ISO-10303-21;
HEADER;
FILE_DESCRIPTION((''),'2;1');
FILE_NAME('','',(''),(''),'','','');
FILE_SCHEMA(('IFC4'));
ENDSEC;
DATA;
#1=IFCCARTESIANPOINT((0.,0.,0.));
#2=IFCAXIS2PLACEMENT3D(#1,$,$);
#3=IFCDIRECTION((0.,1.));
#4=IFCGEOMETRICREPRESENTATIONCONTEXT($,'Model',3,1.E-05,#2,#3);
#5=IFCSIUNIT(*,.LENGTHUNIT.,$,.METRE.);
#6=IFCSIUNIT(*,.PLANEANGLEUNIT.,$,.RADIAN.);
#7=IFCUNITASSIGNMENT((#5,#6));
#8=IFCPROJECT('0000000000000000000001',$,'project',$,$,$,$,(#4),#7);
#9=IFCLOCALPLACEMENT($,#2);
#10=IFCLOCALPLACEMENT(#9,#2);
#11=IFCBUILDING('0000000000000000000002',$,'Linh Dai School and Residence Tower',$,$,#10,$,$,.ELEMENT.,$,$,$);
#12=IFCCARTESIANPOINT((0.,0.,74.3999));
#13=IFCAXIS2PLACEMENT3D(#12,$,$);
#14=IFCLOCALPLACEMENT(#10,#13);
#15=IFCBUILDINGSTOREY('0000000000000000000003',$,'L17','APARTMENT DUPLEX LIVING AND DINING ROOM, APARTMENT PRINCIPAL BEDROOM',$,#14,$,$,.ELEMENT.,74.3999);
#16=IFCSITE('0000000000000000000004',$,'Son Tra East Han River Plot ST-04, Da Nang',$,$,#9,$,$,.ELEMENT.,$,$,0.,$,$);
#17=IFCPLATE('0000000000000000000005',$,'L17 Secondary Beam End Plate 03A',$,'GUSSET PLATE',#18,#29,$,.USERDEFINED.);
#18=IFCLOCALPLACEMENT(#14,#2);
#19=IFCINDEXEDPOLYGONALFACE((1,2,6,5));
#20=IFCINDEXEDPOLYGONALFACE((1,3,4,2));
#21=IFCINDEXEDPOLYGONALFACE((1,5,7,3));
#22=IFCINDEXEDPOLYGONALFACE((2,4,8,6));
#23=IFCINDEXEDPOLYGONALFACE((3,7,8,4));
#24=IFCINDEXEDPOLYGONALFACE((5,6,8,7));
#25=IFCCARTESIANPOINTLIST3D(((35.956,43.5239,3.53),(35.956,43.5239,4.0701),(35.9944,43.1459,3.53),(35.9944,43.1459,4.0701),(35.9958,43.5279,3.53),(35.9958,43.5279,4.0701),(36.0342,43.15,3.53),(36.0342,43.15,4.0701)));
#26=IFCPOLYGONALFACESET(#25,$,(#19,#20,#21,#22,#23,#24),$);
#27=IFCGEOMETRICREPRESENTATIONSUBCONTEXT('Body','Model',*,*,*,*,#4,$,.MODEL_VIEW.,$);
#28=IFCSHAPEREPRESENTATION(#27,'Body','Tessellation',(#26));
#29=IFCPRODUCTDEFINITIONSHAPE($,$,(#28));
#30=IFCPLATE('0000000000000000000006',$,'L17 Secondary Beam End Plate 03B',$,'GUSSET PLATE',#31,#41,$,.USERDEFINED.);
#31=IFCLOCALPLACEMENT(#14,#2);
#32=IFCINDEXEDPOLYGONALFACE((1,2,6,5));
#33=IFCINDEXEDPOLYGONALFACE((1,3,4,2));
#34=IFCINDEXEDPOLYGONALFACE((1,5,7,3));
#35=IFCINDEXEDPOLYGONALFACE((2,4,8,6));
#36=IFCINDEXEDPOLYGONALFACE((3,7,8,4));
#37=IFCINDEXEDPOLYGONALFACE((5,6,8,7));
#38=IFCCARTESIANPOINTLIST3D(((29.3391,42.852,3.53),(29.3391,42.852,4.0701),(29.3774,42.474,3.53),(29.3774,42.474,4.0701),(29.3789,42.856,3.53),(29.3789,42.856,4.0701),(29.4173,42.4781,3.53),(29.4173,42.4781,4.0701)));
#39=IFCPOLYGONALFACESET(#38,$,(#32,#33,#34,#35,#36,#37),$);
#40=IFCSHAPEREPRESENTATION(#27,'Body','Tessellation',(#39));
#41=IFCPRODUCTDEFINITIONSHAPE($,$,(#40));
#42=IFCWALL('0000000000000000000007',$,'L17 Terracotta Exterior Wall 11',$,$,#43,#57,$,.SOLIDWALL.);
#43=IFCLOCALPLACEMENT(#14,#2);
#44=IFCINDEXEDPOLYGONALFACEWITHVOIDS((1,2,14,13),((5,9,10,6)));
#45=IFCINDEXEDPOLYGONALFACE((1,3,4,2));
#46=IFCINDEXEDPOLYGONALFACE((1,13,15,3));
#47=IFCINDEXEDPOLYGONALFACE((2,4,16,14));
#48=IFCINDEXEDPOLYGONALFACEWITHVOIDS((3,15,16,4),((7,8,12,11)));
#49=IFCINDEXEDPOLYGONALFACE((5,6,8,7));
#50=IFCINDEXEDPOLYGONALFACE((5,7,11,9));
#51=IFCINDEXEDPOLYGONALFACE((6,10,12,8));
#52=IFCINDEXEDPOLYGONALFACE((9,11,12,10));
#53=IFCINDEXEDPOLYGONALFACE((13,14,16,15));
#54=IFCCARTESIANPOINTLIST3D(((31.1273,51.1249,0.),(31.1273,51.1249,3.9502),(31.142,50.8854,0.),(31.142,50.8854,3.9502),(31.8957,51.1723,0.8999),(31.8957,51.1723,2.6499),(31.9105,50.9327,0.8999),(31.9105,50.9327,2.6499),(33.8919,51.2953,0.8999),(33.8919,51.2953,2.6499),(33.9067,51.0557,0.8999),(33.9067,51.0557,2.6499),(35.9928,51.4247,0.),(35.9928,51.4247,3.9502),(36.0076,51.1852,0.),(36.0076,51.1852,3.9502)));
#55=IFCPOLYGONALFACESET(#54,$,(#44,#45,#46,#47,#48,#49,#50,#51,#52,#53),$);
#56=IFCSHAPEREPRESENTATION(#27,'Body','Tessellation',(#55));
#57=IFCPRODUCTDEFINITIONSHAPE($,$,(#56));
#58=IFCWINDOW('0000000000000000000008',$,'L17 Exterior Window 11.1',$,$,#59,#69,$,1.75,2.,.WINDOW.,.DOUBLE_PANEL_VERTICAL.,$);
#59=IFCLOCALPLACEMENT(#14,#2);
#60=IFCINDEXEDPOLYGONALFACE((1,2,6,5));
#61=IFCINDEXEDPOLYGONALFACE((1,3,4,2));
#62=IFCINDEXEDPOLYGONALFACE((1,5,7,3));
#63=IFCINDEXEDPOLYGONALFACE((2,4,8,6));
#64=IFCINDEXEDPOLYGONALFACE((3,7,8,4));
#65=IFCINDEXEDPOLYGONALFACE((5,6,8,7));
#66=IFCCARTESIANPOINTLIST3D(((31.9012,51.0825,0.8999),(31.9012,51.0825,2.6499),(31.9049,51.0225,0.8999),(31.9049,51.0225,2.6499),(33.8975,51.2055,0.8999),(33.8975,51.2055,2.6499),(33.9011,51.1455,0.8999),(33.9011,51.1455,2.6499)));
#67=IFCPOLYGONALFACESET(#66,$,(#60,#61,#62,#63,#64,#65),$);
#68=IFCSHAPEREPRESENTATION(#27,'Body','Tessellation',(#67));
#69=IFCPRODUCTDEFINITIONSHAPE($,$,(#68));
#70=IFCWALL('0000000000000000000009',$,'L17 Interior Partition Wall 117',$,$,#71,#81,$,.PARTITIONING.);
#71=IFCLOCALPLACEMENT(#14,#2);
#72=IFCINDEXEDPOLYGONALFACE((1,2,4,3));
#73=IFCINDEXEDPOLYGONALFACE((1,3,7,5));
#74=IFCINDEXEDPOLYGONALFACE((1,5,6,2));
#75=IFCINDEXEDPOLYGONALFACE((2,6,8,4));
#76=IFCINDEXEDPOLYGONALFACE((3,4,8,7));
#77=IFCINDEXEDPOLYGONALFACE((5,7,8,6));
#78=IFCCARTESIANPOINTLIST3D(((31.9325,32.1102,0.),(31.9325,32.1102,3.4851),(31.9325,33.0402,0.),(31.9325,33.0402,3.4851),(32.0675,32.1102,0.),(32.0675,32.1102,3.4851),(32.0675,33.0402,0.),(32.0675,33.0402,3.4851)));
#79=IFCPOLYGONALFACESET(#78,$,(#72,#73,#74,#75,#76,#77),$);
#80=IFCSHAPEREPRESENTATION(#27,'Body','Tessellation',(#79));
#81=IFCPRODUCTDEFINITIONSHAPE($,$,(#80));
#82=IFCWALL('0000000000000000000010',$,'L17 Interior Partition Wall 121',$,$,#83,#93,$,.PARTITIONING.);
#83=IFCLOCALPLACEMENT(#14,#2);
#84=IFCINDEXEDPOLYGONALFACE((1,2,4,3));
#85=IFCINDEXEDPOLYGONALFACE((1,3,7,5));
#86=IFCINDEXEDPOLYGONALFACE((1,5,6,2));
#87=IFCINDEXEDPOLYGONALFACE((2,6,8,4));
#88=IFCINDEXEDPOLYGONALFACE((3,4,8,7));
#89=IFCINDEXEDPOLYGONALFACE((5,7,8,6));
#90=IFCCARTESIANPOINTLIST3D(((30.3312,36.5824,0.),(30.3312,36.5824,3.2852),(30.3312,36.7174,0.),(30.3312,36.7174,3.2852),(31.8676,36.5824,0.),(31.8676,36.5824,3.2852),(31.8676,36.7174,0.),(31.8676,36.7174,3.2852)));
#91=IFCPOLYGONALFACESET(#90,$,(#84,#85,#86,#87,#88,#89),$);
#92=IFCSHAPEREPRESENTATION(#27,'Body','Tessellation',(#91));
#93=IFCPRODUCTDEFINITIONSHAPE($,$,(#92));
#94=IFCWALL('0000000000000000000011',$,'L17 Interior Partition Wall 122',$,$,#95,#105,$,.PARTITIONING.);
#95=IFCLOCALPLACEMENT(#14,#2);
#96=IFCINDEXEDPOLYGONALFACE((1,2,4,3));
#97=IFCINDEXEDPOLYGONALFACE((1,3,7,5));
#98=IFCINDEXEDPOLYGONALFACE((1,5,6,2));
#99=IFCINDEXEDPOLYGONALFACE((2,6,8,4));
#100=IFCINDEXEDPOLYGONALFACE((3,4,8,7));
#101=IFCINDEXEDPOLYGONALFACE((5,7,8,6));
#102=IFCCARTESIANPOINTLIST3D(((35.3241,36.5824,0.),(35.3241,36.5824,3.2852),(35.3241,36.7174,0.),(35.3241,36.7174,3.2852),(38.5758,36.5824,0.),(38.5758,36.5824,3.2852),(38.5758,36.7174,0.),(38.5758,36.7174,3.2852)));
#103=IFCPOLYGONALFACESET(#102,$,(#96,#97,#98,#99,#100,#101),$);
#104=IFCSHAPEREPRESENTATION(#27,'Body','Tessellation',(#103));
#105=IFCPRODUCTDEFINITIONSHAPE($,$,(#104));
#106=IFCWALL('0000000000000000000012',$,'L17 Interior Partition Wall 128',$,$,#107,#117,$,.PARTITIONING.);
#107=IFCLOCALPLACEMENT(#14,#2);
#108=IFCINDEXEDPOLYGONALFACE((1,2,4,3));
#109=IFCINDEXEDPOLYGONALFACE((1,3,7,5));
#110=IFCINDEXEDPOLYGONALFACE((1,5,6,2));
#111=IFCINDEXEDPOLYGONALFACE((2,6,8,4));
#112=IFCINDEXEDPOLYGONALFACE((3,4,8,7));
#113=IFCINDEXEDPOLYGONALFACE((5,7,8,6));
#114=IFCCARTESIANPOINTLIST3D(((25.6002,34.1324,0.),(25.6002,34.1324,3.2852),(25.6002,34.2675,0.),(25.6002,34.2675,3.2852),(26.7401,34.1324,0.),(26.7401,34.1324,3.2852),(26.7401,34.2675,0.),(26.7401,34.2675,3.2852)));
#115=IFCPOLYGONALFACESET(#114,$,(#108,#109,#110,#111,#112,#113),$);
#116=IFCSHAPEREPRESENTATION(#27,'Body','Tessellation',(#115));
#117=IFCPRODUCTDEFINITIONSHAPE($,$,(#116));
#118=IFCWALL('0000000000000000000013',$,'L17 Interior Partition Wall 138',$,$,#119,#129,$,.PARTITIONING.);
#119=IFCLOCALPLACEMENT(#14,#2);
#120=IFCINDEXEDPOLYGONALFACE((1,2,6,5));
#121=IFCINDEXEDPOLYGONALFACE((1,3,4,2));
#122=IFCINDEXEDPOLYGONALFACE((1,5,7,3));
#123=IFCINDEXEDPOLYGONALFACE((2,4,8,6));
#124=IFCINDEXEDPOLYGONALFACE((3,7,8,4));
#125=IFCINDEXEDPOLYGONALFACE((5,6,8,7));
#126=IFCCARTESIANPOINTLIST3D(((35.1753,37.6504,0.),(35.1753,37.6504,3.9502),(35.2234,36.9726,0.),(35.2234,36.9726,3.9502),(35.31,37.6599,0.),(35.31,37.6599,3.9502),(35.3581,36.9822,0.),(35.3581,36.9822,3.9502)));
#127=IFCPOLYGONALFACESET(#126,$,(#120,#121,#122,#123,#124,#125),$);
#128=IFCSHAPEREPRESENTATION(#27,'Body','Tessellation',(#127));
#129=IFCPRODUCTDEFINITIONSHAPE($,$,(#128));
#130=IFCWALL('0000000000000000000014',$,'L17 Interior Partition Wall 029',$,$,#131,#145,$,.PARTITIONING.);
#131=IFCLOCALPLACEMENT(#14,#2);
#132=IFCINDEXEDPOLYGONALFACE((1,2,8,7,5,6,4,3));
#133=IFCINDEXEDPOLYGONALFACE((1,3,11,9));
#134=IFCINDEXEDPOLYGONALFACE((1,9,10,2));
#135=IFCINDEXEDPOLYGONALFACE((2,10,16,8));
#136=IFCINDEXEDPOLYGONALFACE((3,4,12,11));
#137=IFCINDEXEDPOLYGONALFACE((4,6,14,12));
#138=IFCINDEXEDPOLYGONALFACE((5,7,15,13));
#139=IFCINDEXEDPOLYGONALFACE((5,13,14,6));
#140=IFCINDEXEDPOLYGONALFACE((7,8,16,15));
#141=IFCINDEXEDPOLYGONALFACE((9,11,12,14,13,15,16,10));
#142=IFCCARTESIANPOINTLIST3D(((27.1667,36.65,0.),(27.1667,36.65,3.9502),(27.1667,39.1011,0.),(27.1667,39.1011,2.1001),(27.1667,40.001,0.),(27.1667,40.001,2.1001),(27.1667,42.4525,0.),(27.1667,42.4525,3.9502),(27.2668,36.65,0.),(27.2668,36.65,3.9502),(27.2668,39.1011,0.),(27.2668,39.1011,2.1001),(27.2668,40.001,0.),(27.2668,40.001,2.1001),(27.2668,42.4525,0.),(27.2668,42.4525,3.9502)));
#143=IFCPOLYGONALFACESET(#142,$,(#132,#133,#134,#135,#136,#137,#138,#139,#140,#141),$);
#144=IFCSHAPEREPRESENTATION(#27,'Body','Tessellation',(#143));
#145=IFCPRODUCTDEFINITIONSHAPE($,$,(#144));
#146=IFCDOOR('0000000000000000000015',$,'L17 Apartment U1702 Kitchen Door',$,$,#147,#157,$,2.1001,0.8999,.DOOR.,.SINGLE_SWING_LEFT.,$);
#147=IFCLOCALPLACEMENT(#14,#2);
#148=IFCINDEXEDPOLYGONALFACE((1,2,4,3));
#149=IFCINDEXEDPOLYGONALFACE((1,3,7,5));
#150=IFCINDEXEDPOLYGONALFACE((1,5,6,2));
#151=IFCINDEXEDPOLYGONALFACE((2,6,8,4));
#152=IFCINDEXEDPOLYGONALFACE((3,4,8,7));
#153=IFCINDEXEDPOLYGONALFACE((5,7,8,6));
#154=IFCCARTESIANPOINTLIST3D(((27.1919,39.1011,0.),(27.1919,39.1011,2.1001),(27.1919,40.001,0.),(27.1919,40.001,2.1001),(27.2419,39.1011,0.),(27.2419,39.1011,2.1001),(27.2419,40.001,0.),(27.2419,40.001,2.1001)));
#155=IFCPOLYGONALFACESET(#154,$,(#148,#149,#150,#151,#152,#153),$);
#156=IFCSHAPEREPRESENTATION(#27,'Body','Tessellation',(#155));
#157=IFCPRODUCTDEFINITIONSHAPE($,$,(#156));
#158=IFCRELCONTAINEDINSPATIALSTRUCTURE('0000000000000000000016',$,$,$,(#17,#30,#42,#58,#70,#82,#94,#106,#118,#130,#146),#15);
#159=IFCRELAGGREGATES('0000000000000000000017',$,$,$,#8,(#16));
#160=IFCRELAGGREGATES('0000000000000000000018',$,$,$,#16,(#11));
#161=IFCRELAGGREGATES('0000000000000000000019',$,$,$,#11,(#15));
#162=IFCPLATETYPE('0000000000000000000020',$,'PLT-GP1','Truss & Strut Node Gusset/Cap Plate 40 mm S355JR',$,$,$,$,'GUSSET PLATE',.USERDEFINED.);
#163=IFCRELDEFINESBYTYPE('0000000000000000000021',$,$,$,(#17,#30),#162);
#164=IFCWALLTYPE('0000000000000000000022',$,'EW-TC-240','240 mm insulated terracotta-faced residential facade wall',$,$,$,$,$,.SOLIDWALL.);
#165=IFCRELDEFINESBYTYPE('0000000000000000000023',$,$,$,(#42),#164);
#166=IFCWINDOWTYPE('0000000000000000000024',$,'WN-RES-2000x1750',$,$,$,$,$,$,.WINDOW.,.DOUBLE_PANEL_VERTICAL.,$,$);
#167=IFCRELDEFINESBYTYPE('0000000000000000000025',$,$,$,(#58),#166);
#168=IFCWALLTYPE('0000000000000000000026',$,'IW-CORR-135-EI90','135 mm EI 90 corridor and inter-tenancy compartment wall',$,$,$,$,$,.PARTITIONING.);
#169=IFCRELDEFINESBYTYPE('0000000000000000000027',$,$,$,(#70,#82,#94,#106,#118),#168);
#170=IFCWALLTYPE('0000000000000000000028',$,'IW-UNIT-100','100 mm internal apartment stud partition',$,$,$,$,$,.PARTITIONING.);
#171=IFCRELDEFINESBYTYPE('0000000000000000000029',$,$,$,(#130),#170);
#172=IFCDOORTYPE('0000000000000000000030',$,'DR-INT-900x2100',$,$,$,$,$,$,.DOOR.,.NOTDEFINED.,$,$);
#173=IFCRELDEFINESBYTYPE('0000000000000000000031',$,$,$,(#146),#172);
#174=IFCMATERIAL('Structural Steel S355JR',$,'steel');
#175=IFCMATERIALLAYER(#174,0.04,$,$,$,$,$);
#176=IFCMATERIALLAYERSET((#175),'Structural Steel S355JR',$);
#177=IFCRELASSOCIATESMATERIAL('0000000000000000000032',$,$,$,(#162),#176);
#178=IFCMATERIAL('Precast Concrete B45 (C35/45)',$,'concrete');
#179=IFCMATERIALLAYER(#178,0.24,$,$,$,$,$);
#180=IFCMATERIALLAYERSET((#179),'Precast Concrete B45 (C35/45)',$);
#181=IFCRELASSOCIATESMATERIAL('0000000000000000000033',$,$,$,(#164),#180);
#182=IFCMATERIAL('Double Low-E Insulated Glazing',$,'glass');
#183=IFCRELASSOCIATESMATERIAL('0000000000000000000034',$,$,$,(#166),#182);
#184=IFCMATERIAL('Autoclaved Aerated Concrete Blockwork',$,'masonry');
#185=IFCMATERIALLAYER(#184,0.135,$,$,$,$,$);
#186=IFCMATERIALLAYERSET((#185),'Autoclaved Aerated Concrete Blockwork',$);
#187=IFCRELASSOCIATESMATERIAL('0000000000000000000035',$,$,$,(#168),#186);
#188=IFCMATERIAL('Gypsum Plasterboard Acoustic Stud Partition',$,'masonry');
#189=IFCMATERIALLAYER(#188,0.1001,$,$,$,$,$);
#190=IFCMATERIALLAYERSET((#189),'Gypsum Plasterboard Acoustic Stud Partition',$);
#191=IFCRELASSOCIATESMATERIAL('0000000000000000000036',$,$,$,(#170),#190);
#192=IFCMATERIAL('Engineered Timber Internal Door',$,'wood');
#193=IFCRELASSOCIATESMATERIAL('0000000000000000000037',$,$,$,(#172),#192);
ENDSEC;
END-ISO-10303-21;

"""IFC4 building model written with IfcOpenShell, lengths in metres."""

from ifc_helpers import new_model, si_unit, direction, frame, frame_2d, origin, origin_2d, place, context, subcontext, project, spatial, rectangle, extrude, source, transform, mapped, material, layer, layer_set, type_object, element, fill, save


model = new_model("IFC4")

# Units and contexts
model_context = context("Model", 3, precision=1e-05, world=origin(), true_north=direction((0.0, 1.0)))
body_context = subcontext(model_context, "Body", "Model", "MODEL_VIEW")
ifc_project = project(units=[si_unit("LENGTHUNIT", "METRE"), si_unit("PLANEANGLEUNIT", "RADIAN")], contexts=[model_context])

# Site, building, storey
site_placement = place(None, origin())
site = spatial("IfcSite", under=ifc_project, at=site_placement, Name="Son Tra East Han River Plot ST-04, Da Nang", CompositionType="ELEMENT", RefElevation=0.0)
building_placement = place(site_placement, origin())
building = spatial("IfcBuilding", under=site, at=building_placement, Name="Linh Dai School and Residence Tower", CompositionType="ELEMENT")
storey_placement = place(building_placement, frame((0.0, 0.0, 74.3999)))
storey = spatial("IfcBuildingStorey", under=building, at=storey_placement, Name="L17", Description="APARTMENT DUPLEX LIVING AND DINING ROOM, APARTMENT PRINCIPAL BEDROOM", CompositionType="ELEMENT", Elevation=74.3999)

# Shared definitions
ifc_material_1 = material(Name="Structural Steel S355JR", Category="steel")

# Plates
ifc_layer_1 = layer(ifc_material_1, 0.04)
ifc_layer_set_1 = layer_set([ifc_layer_1], Name="Structural Steel S355JR")
plate_type = type_object("IfcPlateType", Name="PLT-GP1", Description="Truss & Strut Node Gusset/Cap Plate 40 mm S355JR", ElementType="GUSSET PLATE", PredefinedType="USERDEFINED", material=ifc_layer_set_1)
shared_shape_1 = source(origin(), body_context, "Body", "SweptSolid", [
    extrude(rectangle(XDim=0.04, YDim=0.3799, at=origin_2d()), origin(), (0.0, 0.0, 1.0), 0.54),
])
for number, where, z_axis, x_axis, name in (
    (1, (35.9951, 43.3369, 3.53), (0.0, 0.0, 1.0), (-0.994884, -0.101023, 0.0), "L17 Secondary Beam End Plate 03A"),
    (2, (29.3782, 42.665, 3.53), (0.0, 0.0, 1.0), (-0.994884, -0.101023, 0.0), "L17 Secondary Beam End Plate 03B"),
):
    element("IfcPlate", number, at=place(storey_placement, frame(where, z_axis=z_axis, x_axis=x_axis)), inside=storey, type_object=plate_type, Name=name, ObjectType="GUSSET PLATE", PredefinedType="USERDEFINED", context=body_context, shape_type="MappedRepresentation", body=[
        mapped(shared_shape_1, transform((0.0, 0.0, 0.0), x_axis=(1.0, 0.0, 0.0), y_axis=(0.0, 1.0, 0.0), z_axis=(0.0, 0.0, 1.0), scale=1.0)),
    ])

# Wall, opening, window
ifc_material_2 = material(Name="Precast Concrete B45 (C35/45)", Category="concrete")
ifc_layer_2 = layer(ifc_material_2, 0.24)
ifc_layer_set_2 = layer_set([ifc_layer_2], Name="Precast Concrete B45 (C35/45)")
wall_type_1 = type_object("IfcWallType", Name="EW-TC-240", Description="240 mm insulated terracotta-faced residential facade wall", PredefinedType="SOLIDWALL", material=ifc_layer_set_2)
wall_1_placement = place(storey_placement, frame((31.1345, 51.0051, 0.0), z_axis=(0.0, 0.0, 1.0), x_axis=(0.998107, 0.061502, 0.0)))
wall_1 = element("IfcWall", 3, at=wall_1_placement, inside=storey, type_object=wall_type_1, Name="L17 Terracotta Exterior Wall 11", PredefinedType="SOLIDWALL", context=body_context, shape_type="SweptSolid", body=[
    extrude(rectangle(XDim=4.8748, YDim=0.24, at=frame_2d((2.4375, 0.0))), origin(), (0.0, 0.0, 1.0), 3.9502),
])
opening_1_placement = place(wall_1_placement, frame((0.77, 0.0, 0.8999)))
opening_1 = element("IfcOpeningElement", 4, at=opening_1_placement, cuts=wall_1, PredefinedType="OPENING", context=body_context, shape_type="SweptSolid", body=[
    extrude(rectangle(XDim=2.0, YDim=1.75, at=origin_2d()), frame((1.0, 0.1299, 0.875), z_axis=(0.0, -1.0, 0.0), x_axis=(1.0, 0.0, 0.0)), (0.0, 0.0, 1.0), 0.26),
])
ifc_material_3 = material(Name="Double Low-E Insulated Glazing", Category="glass")
window_type = type_object("IfcWindowType", Name="WN-RES-2000x1750", PartitioningType="DOUBLE_PANEL_VERTICAL", PredefinedType="WINDOW", material=ifc_material_3)
shared_shape_2 = source(origin(), body_context, "Body", "SweptSolid", [
    extrude(rectangle(XDim=2.0, YDim=1.75, at=origin_2d()), frame((1.0, 0.03, 0.875), z_axis=(0.0, -1.0, 0.0), x_axis=(1.0, 0.0, 0.0)), (0.0, 0.0, 1.0), 0.0601),
])
window_placement = place(opening_1_placement, origin())
window = element("IfcWindow", 5, at=window_placement, inside=storey, type_object=window_type, Name="L17 Exterior Window 11.1", OverallHeight=1.75, OverallWidth=2.0, PartitioningType="DOUBLE_PANEL_VERTICAL", PredefinedType="WINDOW", context=body_context, shape_type="MappedRepresentation", body=[
    mapped(shared_shape_2, transform((0.0, 0.0, 0.0), x_axis=(1.0, 0.0, 0.0), y_axis=(0.0, 1.0, 0.0), z_axis=(0.0, 0.0, 1.0), scale=1.0)),
])
fill(opening_1, window)

# Shared definitions
ifc_material_4 = material(Name="Autoclaved Aerated Concrete Blockwork", Category="masonry")
ifc_layer_3 = layer(ifc_material_4, 0.135)
ifc_layer_set_3 = layer_set([ifc_layer_3], Name="Autoclaved Aerated Concrete Blockwork")
wall_type_2 = type_object("IfcWallType", Name="IW-CORR-135-EI90", Description="135 mm EI 90 corridor and inter-tenancy compartment wall", PredefinedType="PARTITIONING", material=ifc_layer_set_3)

# Walls
wall_2_placement = place(storey_placement, frame((32.0, 33.04, 0.0), z_axis=(0.0, 0.0, 1.0), x_axis=(0.0, -1.0, 0.0)))
element("IfcWall", 6, at=wall_2_placement, inside=storey, type_object=wall_type_2, Name="L17 Interior Partition Wall 117", PredefinedType="PARTITIONING", context=body_context, shape_type="SweptSolid", body=[
    extrude(rectangle(XDim=0.9299, YDim=0.135, at=frame_2d((0.4648, 0.0))), origin(), (0.0, 0.0, 1.0), 3.4851),
])
wall_3_placement = place(storey_placement, frame((30.3313, 36.6499, 0.0), z_axis=(0.0, 0.0, 1.0), x_axis=(1.0, 0.0, 0.0)))
element("IfcWall", 7, at=wall_3_placement, inside=storey, type_object=wall_type_2, Name="L17 Interior Partition Wall 121", PredefinedType="PARTITIONING", context=body_context, shape_type="SweptSolid", body=[
    extrude(rectangle(XDim=1.5364, YDim=0.135, at=frame_2d((0.7681, 0.0))), origin(), (0.0, 0.0, 1.0), 3.2852),
])
wall_4_placement = place(storey_placement, frame((35.324, 36.6499, 0.0), z_axis=(0.0, 0.0, 1.0), x_axis=(1.0, 0.0, 0.0)))
element("IfcWall", 8, at=wall_4_placement, inside=storey, type_object=wall_type_2, Name="L17 Interior Partition Wall 122", PredefinedType="PARTITIONING", context=body_context, shape_type="SweptSolid", body=[
    extrude(rectangle(XDim=3.2517, YDim=0.135, at=frame_2d((1.626, 0.0))), origin(), (0.0, 0.0, 1.0), 3.2852),
])
wall_5_placement = place(storey_placement, frame((26.74, 34.2, 0.0), z_axis=(0.0, 0.0, 1.0), x_axis=(-1.0, 0.0, 0.0)))
element("IfcWall", 9, at=wall_5_placement, inside=storey, type_object=wall_type_2, Name="L17 Interior Partition Wall 128", PredefinedType="PARTITIONING", context=body_context, shape_type="SweptSolid", body=[
    extrude(rectangle(XDim=1.1399, YDim=0.135, at=frame_2d((0.5698, 0.0))), origin(), (0.0, 0.0, 1.0), 3.2852),
])
wall_6_placement = place(storey_placement, frame((35.2427, 37.6553, 0.0), z_axis=(0.0, 0.0, 1.0), x_axis=(0.070787, -0.997491, 0.0)))
element("IfcWall", 10, at=wall_6_placement, inside=storey, type_object=wall_type_2, Name="L17 Interior Partition Wall 138", PredefinedType="PARTITIONING", context=body_context, shape_type="SweptSolid", body=[
    extrude(rectangle(XDim=0.6794, YDim=0.135, at=frame_2d((0.3398, 0.0))), origin(), (0.0, 0.0, 1.0), 3.9502),
])

# Wall, opening, door
ifc_material_5 = material(Name="Gypsum Plasterboard Acoustic Stud Partition", Category="masonry")
ifc_layer_4 = layer(ifc_material_5, 0.1001)
ifc_layer_set_4 = layer_set([ifc_layer_4], Name="Gypsum Plasterboard Acoustic Stud Partition")
wall_type_3 = type_object("IfcWallType", Name="IW-UNIT-100", Description="100 mm internal apartment stud partition", PredefinedType="PARTITIONING", material=ifc_layer_set_4)
wall_7_placement = place(storey_placement, frame((27.2168, 36.6499, 0.0), z_axis=(0.0, 0.0, 1.0), x_axis=(0.0, 1.0, 0.0)))
wall_7 = element("IfcWall", 11, at=wall_7_placement, inside=storey, type_object=wall_type_3, Name="L17 Interior Partition Wall 029", PredefinedType="PARTITIONING", context=body_context, shape_type="SweptSolid", body=[
    extrude(rectangle(XDim=5.8025, YDim=0.1001, at=frame_2d((2.9014, 0.0))), origin(), (0.0, 0.0, 1.0), 3.9502),
])
opening_2_placement = place(wall_7_placement, frame((2.4512, 0.0, 0.0)))
opening_2 = element("IfcOpeningElement", 12, at=opening_2_placement, cuts=wall_7, PredefinedType="OPENING", context=body_context, shape_type="SweptSolid", body=[
    extrude(rectangle(XDim=0.8999, YDim=2.1001, at=origin_2d()), frame((0.45, 0.0601, 1.05), z_axis=(0.0, -1.0, 0.0), x_axis=(1.0, 0.0, 0.0)), (0.0, 0.0, 1.0), 0.1201),
])
ifc_material_6 = material(Name="Engineered Timber Internal Door", Category="wood")
door_type_1 = type_object("IfcDoorType", Name="DR-INT-900x2100", OperationType="NOTDEFINED", PredefinedType="DOOR", material=ifc_material_6)
shared_shape_3 = source(origin(), body_context, "Body", "SweptSolid", [
    extrude(rectangle(XDim=0.8999, YDim=2.1001, at=origin_2d()), frame((0.45, 0.0249, 1.05), z_axis=(0.0, -1.0, 0.0), x_axis=(1.0, 0.0, 0.0)), (0.0, 0.0, 1.0), 0.05),
])
door_1_placement = place(opening_2_placement, origin())
door_1 = element("IfcDoor", 13, at=door_1_placement, inside=storey, type_object=door_type_1, Name="L17 Apartment U1702 Kitchen Door", OperationType="SINGLE_SWING_LEFT", OverallHeight=2.1001, OverallWidth=0.8999, PredefinedType="DOOR", context=body_context, shape_type="MappedRepresentation", body=[
    mapped(shared_shape_3, transform((0.0, 0.0, 0.0), x_axis=(1.0, 0.0, 0.0), y_axis=(0.0, 1.0, 0.0), z_axis=(0.0, 0.0, 1.0), scale=1.0)),
])
fill(opening_2, door_1)

save(model, "model.ifc")
